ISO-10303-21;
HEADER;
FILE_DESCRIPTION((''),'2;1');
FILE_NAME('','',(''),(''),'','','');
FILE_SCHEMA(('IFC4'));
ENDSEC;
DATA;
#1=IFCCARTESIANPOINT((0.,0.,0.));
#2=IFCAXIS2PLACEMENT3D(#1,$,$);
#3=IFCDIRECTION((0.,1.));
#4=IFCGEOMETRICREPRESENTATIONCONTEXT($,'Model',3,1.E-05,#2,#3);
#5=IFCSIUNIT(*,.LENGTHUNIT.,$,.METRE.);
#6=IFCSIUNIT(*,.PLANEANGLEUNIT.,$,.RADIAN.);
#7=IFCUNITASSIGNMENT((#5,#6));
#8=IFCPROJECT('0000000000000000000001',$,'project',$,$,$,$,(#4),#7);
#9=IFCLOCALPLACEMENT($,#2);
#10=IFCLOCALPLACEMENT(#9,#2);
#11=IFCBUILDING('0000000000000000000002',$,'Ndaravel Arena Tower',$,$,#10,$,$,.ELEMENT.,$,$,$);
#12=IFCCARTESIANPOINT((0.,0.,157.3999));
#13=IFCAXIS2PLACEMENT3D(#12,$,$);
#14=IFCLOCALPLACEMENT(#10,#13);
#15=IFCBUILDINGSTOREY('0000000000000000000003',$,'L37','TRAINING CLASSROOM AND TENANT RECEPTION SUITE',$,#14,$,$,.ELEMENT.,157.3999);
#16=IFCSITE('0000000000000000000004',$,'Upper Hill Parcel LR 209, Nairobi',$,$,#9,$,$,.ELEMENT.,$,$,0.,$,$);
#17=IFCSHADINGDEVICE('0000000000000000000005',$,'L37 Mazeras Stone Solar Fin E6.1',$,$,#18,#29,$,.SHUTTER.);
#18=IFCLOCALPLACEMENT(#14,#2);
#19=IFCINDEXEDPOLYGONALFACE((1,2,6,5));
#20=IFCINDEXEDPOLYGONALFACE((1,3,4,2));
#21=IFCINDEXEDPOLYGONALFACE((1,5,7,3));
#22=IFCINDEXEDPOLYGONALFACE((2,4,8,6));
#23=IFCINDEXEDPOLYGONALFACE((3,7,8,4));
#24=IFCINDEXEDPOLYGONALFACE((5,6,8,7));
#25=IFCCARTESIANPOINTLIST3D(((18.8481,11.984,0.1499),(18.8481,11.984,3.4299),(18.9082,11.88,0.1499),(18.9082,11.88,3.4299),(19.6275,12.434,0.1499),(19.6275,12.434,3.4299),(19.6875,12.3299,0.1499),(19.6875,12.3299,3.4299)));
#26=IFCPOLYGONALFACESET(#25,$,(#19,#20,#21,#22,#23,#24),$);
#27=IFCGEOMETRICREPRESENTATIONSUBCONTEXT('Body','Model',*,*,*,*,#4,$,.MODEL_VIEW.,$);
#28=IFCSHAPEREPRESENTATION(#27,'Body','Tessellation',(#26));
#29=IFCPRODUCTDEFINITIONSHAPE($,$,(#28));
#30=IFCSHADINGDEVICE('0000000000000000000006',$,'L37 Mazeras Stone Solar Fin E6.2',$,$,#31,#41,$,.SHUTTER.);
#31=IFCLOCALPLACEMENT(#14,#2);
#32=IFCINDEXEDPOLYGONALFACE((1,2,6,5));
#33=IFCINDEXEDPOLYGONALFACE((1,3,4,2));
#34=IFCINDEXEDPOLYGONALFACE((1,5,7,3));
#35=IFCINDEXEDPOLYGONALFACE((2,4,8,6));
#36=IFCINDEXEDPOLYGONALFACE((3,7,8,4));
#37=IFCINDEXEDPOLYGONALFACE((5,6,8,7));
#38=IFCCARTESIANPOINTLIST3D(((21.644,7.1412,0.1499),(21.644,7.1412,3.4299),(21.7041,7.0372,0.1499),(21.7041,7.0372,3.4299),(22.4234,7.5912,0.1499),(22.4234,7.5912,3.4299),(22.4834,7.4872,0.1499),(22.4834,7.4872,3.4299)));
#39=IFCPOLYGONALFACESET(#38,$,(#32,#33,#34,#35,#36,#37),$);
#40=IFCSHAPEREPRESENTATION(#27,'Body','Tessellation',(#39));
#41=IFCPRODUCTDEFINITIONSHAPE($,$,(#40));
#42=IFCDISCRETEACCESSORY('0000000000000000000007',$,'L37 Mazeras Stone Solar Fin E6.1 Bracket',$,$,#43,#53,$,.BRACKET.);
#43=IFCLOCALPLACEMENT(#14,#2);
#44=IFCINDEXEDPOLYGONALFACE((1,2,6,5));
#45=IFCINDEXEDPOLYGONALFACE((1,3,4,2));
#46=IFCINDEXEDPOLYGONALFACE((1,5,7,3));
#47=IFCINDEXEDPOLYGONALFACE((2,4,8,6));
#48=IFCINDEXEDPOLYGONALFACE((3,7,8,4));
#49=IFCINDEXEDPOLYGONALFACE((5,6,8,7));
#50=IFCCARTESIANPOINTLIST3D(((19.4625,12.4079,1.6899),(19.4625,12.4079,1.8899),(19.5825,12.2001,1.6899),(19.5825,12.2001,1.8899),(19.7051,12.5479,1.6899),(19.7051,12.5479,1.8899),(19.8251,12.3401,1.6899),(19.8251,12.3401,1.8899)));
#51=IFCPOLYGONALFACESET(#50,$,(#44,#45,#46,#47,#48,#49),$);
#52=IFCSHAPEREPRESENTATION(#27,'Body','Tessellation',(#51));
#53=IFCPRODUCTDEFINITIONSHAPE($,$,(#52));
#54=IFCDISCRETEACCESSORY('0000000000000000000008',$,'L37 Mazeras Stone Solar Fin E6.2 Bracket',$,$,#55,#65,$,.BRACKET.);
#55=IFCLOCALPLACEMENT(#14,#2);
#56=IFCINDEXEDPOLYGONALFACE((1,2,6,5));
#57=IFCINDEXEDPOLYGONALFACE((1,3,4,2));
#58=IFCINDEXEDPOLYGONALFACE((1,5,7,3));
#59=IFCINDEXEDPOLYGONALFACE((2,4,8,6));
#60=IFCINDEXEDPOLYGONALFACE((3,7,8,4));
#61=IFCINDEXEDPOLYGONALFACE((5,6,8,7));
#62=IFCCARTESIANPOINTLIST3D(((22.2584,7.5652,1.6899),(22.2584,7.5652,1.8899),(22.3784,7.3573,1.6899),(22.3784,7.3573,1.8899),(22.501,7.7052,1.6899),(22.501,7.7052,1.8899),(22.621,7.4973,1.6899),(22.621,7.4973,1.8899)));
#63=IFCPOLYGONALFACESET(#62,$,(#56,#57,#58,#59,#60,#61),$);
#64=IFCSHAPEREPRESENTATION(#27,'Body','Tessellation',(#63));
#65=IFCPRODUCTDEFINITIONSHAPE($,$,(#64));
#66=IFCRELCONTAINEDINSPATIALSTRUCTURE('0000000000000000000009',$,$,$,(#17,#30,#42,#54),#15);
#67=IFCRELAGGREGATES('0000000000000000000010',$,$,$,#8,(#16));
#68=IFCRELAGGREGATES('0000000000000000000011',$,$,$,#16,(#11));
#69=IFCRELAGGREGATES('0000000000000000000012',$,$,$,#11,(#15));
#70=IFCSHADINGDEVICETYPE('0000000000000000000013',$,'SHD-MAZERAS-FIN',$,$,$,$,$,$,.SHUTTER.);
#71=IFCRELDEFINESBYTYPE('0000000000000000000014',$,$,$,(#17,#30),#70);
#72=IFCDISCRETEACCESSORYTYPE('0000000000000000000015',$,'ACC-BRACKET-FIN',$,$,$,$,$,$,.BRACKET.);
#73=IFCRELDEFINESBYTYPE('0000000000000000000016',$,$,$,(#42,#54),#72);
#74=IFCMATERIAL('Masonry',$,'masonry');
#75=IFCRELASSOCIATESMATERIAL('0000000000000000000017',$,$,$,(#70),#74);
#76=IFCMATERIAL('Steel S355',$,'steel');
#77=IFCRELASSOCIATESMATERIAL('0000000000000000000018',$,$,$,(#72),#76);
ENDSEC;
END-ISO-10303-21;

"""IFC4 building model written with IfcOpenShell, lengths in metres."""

from ifc_helpers import new_model, si_unit, direction, frame, origin, origin_2d, place, context, subcontext, project, spatial, rectangle, extrude, material, type_object, element, save


model = new_model("IFC4")

# Units and contexts
model_context = context("Model", 3, precision=1e-05, world=origin(), true_north=direction((0.0, 1.0)))
body_context = subcontext(model_context, "Body", "Model", "MODEL_VIEW")
ifc_project = project(units=[si_unit("LENGTHUNIT", "METRE"), si_unit("PLANEANGLEUNIT", "RADIAN")], contexts=[model_context])

# Site, building, storey
site_placement = place(None, origin())
site = spatial("IfcSite", under=ifc_project, at=site_placement, Name="Upper Hill Parcel LR 209, Nairobi", CompositionType="ELEMENT", RefElevation=0.0)
building_placement = place(site_placement, origin())
building = spatial("IfcBuilding", under=site, at=building_placement, Name="Ndaravel Arena Tower", CompositionType="ELEMENT")
storey_placement = place(building_placement, frame((0.0, 0.0, 157.3999)))
storey = spatial("IfcBuildingStorey", under=building, at=storey_placement, Name="L37", Description="TRAINING CLASSROOM AND TENANT RECEPTION SUITE", CompositionType="ELEMENT", Elevation=157.3999)

# Shading devices
ifc_material_1 = material(Name="Masonry", Category="masonry")
shading_device_type = type_object("IfcShadingDeviceType", Name="SHD-MAZERAS-FIN", PredefinedType="SHUTTER", material=ifc_material_1)
for number, where, z_axis, x_axis, name in (
    (1, (19.2678, 12.157, 0.1499), (0.0, 0.0, 1.0), (-0.866025, -0.5, 0.0), "L37 Mazeras Stone Solar Fin E6.1"),
    (2, (22.0637, 7.3142, 0.1499), (0.0, 0.0, 1.0), (-0.866025, -0.5, 0.0), "L37 Mazeras Stone Solar Fin E6.2"),
):
    element("IfcShadingDevice", number, at=place(storey_placement, frame(where, z_axis=z_axis, x_axis=x_axis)), inside=storey, type_object=shading_device_type, Name=name, PredefinedType="SHUTTER", context=body_context, shape_type="SweptSolid", body=[
        extrude(rectangle(XDim=0.8999, YDim=0.1201, at=origin_2d()), origin(), (0.0, 0.0, 1.0), 3.28),
    ])

# Discrete accessories
ifc_material_2 = material(Name="Steel S355", Category="steel")
discrete_accessory_type = type_object("IfcDiscreteAccessoryType", Name="ACC-BRACKET-FIN", PredefinedType="BRACKET", material=ifc_material_2)
for number, where, z_axis, x_axis, name in (
    (3, (19.6438, 12.374, 1.6899), (0.0, 0.0, 1.0), (-0.866025, -0.5, 0.0), "L37 Mazeras Stone Solar Fin E6.1 Bracket"),
    (4, (22.4397, 7.5312, 1.6899), (0.0, 0.0, 1.0), (-0.866025, -0.5, 0.0), "L37 Mazeras Stone Solar Fin E6.2 Bracket"),
):
    element("IfcDiscreteAccessory", number, at=place(storey_placement, frame(where, z_axis=z_axis, x_axis=x_axis)), inside=storey, type_object=discrete_accessory_type, Name=name, PredefinedType="BRACKET", context=body_context, shape_type="SweptSolid", body=[
        extrude(rectangle(XDim=0.28, YDim=0.24, at=origin_2d()), origin(), (0.0, 0.0, 1.0), 0.2),
    ])

save(model, "model.ifc")
